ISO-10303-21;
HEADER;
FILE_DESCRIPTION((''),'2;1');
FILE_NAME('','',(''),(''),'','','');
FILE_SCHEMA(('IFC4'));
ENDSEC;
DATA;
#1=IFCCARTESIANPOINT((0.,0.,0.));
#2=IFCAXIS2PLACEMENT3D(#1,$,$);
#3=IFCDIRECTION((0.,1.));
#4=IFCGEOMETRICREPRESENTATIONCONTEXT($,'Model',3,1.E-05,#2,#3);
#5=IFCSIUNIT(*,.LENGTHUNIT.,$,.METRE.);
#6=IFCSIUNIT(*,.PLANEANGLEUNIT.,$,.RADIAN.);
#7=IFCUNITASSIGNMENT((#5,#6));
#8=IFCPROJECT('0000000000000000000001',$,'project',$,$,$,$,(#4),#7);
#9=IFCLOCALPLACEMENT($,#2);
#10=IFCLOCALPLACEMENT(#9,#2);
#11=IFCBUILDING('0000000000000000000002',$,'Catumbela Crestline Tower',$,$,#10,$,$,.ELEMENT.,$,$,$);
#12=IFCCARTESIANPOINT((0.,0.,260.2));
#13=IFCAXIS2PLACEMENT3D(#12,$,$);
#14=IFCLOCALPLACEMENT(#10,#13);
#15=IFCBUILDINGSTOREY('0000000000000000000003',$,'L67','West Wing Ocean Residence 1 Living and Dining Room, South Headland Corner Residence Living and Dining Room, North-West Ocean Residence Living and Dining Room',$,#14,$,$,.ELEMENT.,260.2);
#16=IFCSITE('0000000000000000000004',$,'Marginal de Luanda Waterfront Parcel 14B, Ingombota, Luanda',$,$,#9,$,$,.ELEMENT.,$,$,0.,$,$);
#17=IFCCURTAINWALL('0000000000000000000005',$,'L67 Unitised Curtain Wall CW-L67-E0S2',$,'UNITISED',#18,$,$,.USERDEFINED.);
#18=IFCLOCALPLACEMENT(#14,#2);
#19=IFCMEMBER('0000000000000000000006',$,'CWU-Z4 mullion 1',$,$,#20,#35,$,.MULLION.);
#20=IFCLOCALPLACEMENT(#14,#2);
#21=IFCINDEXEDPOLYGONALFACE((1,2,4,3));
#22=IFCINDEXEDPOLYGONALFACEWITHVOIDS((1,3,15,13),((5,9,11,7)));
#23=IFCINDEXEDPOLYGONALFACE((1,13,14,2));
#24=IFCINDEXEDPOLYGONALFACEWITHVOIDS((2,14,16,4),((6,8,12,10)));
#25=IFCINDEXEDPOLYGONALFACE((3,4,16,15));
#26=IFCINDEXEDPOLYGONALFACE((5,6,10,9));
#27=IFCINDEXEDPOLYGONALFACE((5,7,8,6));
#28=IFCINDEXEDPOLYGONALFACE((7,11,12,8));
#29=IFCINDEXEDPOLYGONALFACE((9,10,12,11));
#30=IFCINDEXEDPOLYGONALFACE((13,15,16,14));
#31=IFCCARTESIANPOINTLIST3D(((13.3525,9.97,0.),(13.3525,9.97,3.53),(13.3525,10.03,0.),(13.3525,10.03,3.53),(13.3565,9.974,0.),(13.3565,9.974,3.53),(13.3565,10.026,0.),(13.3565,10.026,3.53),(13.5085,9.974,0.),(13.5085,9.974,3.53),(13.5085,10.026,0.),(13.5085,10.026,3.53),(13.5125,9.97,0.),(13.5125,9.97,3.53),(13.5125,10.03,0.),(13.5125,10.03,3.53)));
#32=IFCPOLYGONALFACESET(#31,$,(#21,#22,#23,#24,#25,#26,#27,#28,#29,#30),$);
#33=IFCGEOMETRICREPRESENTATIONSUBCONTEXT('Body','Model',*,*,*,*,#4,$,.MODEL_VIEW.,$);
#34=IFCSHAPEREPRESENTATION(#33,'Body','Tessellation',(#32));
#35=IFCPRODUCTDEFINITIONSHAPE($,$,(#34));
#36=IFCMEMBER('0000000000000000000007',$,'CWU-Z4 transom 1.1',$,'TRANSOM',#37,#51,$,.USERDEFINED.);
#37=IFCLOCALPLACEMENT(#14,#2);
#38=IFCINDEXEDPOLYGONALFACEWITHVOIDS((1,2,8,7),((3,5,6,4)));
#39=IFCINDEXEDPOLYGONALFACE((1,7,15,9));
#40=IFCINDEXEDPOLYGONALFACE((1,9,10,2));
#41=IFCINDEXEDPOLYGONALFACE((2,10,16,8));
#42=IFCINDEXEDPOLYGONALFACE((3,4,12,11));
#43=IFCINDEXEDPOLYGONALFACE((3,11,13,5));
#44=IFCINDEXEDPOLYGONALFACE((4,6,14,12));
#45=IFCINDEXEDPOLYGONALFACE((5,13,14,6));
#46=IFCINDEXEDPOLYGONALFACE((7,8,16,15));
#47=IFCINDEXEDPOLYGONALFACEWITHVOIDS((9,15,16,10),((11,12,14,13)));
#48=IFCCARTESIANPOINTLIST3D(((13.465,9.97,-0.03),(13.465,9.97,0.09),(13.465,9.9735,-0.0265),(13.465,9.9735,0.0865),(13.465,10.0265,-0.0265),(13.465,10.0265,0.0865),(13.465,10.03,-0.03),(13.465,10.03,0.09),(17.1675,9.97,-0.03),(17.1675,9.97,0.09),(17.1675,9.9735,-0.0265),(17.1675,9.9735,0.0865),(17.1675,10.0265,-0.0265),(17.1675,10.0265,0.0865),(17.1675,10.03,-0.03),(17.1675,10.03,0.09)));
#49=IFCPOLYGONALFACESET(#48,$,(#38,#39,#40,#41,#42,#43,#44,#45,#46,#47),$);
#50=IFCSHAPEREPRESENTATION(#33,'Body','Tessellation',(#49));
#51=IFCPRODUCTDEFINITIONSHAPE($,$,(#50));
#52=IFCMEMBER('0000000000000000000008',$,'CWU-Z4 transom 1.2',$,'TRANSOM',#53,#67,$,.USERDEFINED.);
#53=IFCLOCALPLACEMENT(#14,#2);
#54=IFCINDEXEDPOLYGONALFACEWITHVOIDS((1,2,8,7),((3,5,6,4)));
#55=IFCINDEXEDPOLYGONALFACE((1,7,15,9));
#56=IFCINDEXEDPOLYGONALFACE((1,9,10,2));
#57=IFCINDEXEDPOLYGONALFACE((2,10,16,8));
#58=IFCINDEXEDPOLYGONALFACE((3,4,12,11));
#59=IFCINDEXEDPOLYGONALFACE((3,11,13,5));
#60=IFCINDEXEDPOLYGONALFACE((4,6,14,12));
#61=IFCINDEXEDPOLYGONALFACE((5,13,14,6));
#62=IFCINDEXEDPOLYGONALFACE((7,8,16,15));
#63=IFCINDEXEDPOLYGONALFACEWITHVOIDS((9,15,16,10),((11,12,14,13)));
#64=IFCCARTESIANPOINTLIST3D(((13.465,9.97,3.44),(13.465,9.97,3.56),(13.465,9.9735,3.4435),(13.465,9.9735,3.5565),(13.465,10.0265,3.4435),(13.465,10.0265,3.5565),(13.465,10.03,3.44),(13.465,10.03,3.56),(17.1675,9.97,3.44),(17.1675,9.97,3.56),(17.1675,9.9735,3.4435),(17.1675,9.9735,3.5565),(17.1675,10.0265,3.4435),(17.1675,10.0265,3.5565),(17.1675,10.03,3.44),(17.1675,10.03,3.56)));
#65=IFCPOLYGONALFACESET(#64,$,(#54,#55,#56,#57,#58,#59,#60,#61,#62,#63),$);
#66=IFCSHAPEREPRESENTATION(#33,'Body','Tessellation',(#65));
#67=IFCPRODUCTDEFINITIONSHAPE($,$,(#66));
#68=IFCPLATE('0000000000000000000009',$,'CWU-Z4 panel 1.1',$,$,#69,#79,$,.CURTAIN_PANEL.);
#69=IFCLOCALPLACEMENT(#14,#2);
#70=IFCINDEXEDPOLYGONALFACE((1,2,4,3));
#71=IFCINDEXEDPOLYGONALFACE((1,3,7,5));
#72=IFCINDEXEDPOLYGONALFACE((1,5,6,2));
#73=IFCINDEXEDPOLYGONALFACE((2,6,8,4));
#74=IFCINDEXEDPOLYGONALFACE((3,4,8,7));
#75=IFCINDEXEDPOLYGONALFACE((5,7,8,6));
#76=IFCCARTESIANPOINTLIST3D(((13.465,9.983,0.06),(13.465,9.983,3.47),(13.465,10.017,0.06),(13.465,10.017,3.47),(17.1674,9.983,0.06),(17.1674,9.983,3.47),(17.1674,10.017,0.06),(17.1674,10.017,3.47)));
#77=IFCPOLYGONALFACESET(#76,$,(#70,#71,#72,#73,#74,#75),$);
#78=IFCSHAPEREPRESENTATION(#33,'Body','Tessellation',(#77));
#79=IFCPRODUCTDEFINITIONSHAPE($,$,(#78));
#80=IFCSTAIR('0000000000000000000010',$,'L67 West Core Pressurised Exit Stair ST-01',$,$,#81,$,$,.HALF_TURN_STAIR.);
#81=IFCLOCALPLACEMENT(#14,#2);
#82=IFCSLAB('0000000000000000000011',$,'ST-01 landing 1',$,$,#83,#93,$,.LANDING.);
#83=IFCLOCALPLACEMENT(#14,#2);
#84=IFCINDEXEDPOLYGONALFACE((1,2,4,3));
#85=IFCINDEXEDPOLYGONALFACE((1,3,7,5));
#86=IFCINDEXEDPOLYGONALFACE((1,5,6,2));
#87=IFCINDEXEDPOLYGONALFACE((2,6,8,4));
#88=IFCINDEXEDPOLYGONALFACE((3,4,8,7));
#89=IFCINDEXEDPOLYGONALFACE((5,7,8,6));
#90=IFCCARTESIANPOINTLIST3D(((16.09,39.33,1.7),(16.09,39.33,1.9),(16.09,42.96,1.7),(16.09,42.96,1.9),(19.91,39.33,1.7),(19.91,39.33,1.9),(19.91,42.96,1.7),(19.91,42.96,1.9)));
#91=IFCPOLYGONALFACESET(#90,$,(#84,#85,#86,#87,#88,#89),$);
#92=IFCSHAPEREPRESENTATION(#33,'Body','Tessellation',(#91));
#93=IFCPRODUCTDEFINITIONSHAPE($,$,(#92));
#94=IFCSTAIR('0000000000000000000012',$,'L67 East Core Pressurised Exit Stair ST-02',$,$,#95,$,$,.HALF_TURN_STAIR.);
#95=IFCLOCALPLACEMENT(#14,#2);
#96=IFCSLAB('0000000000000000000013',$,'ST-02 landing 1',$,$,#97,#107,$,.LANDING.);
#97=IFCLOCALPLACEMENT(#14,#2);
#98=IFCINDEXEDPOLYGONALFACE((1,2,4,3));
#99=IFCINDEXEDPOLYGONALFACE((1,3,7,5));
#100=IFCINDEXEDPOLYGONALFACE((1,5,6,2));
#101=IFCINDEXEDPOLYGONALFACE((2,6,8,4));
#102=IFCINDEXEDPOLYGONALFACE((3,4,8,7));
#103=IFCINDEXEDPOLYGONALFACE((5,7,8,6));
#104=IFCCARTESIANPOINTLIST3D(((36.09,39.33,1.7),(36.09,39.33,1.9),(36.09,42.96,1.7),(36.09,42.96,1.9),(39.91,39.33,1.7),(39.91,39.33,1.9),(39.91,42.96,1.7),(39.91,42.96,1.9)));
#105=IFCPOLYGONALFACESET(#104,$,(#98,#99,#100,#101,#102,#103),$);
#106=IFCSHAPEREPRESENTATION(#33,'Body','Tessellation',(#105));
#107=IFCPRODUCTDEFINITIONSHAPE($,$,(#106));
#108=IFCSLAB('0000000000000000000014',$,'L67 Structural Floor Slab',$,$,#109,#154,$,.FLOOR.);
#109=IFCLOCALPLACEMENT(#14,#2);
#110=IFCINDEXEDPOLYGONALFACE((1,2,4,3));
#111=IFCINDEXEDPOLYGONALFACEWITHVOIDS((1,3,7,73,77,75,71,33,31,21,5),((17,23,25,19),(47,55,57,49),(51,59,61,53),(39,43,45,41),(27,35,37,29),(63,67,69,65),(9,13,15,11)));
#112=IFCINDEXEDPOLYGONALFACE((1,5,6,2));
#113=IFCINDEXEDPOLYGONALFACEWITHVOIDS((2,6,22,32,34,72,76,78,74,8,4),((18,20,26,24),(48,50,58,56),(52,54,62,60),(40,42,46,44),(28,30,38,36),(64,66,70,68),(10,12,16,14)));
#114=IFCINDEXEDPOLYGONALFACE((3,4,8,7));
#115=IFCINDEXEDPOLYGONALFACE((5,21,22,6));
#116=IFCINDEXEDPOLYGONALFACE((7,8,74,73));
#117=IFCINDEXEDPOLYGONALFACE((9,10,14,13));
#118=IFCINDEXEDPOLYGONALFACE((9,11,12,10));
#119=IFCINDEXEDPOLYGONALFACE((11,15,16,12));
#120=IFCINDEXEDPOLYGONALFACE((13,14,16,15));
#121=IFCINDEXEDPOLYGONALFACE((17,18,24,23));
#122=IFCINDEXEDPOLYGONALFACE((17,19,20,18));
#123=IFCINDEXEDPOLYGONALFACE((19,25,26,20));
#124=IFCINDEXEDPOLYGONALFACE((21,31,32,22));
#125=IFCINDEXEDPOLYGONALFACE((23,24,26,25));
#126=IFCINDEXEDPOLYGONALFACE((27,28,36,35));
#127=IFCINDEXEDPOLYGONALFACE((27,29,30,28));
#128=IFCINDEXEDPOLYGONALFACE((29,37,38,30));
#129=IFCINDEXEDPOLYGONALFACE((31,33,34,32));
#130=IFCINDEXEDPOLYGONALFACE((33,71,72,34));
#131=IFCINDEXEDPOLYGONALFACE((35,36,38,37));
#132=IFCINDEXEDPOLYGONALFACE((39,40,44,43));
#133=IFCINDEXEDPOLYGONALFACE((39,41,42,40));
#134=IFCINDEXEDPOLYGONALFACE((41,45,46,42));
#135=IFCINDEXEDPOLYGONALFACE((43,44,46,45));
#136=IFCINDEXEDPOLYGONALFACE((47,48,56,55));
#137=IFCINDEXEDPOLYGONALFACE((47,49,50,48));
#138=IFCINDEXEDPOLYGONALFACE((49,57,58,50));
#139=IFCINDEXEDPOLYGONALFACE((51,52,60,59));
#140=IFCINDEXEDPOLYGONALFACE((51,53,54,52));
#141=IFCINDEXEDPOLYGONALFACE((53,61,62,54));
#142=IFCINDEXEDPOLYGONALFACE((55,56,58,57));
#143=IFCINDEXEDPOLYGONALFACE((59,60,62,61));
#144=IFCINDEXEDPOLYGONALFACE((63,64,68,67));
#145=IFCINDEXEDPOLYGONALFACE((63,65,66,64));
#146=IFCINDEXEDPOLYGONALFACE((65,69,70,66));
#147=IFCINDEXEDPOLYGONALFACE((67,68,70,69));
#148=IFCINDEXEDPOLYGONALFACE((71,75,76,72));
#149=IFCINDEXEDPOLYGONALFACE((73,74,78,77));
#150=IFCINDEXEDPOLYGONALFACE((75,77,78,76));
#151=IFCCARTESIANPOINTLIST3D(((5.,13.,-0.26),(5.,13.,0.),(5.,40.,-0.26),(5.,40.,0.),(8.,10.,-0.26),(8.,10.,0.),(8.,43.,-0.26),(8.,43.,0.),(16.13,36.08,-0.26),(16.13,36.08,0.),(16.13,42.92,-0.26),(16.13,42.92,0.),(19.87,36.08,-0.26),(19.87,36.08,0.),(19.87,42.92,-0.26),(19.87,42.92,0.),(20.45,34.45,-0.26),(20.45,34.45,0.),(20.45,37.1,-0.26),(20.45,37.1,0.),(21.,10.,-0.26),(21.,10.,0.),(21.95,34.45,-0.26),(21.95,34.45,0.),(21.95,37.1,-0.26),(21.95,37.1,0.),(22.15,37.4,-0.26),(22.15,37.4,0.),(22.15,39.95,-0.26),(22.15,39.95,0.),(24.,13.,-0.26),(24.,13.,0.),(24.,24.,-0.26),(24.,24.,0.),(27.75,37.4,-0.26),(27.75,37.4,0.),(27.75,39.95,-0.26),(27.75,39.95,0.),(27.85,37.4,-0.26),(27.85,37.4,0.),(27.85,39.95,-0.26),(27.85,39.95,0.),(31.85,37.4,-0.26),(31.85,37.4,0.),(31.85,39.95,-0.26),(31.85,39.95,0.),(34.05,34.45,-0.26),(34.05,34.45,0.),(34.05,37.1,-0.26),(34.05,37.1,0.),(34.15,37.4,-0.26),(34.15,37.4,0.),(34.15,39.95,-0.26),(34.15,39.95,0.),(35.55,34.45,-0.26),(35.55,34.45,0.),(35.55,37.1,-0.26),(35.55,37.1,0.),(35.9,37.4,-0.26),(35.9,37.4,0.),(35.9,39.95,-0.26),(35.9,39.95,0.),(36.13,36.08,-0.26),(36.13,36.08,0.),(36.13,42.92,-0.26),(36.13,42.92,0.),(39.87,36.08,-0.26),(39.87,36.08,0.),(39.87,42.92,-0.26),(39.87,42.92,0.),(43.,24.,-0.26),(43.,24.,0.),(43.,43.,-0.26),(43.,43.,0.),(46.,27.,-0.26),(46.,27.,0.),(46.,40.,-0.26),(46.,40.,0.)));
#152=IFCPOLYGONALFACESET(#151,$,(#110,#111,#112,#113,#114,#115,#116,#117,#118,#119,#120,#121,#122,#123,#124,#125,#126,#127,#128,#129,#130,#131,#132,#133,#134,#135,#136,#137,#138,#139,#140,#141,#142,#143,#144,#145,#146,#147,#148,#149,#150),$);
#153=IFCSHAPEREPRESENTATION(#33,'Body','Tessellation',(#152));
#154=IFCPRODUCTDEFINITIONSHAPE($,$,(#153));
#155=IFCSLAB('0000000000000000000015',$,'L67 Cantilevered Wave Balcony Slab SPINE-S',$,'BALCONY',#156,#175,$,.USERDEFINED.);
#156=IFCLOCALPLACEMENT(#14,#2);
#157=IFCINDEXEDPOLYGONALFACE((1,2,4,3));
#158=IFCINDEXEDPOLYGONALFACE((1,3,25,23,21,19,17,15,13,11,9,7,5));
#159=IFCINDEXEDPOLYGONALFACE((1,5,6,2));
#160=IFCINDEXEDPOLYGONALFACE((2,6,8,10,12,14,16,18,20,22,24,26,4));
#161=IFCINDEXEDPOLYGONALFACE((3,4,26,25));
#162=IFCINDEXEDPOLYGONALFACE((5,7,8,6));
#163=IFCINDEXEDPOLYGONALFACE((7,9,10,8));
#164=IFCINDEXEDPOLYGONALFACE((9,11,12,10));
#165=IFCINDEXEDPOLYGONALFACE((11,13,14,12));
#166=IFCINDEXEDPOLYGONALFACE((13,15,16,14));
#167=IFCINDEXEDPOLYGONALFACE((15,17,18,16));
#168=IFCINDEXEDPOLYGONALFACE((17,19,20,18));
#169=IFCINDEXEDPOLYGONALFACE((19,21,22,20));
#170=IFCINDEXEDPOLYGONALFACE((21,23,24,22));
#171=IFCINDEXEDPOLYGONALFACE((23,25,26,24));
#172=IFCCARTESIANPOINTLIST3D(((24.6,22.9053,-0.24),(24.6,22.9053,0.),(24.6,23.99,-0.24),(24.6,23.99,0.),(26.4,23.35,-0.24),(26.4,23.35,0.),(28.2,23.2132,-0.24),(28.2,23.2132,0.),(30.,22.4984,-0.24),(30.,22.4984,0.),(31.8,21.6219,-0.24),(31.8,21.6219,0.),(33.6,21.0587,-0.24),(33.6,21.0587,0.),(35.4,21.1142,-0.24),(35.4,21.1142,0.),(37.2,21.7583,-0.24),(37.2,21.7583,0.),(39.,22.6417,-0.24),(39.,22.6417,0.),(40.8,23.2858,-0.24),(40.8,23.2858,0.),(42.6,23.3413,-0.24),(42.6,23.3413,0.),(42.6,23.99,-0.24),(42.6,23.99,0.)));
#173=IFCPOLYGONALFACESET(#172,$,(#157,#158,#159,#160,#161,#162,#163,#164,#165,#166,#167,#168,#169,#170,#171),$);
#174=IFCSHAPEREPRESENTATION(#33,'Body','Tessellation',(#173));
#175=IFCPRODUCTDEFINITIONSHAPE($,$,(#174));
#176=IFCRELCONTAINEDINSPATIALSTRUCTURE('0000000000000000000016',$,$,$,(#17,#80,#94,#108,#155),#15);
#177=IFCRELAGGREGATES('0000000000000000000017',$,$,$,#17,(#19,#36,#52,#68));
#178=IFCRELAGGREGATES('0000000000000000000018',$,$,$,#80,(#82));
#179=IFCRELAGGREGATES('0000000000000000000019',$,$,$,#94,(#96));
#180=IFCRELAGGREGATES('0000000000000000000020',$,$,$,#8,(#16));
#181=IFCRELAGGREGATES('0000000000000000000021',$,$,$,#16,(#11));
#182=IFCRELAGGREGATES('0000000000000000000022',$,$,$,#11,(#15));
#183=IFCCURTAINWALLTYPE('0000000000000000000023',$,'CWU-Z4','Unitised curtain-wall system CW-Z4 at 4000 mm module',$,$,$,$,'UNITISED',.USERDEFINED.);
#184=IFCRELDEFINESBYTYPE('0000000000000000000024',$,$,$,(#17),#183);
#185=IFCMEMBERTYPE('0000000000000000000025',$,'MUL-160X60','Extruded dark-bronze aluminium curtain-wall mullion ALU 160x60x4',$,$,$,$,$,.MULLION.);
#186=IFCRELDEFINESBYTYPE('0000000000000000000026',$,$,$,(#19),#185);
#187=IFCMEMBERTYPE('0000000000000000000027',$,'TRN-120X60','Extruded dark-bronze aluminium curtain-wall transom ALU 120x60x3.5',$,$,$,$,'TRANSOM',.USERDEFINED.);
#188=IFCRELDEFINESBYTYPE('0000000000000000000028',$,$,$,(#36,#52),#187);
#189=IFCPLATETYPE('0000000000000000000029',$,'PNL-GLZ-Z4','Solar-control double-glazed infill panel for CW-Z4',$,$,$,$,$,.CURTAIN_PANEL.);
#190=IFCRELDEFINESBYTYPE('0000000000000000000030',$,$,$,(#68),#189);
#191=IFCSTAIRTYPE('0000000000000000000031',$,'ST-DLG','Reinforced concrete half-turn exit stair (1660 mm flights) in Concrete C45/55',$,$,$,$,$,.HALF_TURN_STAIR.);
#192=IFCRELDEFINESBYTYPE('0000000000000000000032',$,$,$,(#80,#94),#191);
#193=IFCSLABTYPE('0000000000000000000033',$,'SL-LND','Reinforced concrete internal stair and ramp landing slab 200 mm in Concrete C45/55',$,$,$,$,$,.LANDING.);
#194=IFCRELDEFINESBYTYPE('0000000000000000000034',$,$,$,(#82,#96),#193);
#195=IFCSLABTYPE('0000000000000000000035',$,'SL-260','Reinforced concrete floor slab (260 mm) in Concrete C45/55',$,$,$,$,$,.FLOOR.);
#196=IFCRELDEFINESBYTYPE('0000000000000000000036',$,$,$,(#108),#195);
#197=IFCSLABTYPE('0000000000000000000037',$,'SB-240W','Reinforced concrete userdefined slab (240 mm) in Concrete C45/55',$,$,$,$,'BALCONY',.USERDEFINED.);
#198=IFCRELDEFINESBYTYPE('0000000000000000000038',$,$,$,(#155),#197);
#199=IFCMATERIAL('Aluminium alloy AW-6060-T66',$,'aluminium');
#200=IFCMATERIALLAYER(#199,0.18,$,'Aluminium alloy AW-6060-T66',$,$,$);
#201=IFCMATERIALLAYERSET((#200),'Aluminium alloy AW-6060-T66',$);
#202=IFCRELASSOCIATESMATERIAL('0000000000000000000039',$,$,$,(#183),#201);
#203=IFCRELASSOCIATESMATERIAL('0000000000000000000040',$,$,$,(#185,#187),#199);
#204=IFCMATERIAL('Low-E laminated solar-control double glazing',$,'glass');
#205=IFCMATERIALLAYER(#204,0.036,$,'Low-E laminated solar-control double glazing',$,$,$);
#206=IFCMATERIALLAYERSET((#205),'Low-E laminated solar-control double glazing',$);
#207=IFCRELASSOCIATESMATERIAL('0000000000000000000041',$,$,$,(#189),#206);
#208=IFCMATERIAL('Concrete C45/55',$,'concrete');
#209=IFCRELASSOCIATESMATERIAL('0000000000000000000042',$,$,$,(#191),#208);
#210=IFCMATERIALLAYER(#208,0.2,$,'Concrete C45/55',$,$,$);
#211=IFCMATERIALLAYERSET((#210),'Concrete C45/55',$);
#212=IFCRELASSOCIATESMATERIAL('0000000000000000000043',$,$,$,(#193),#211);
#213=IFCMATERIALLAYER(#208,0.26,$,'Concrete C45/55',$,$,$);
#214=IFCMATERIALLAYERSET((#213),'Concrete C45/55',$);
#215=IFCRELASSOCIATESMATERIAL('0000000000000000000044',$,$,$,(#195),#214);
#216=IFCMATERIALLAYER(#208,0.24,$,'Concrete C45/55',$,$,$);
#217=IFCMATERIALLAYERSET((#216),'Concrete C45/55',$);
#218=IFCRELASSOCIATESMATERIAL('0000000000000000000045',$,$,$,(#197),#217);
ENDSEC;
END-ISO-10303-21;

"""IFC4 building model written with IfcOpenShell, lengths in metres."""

from ifc_helpers import new_model, si_unit, direction, frame, origin, origin_2d, place, context, subcontext, project, spatial, polyline, rectangle, hollow_rectangle, outline, extrude, material, layer, layer_set, material_profile, profile_set, type_object, element, aggregate, save


model = new_model("IFC4")

# Units and contexts
model_context = context("Model", 3, precision=1e-05, world=origin(), true_north=direction((0.0, 1.0)))
body_context = subcontext(model_context, "Body", "Model", "MODEL_VIEW")
ifc_project = project(units=[si_unit("LENGTHUNIT", "METRE"), si_unit("PLANEANGLEUNIT", "RADIAN")], contexts=[model_context])

# Site, building, storey
site_placement = place(None, origin())
site = spatial("IfcSite", under=ifc_project, at=site_placement, Name="Marginal de Luanda Waterfront Parcel 14B, Ingombota, Luanda", CompositionType="ELEMENT", RefElevation=0.0)
building_placement = place(site_placement, origin())
building = spatial("IfcBuilding", under=site, at=building_placement, Name="Catumbela Crestline Tower", CompositionType="ELEMENT")
storey_placement = place(building_placement, frame((0.0, 0.0, 260.2)))
storey = spatial("IfcBuildingStorey", under=building, at=storey_placement, Name="L67", Description="West Wing Ocean Residence 1 Living and Dining Room, South Headland Corner Residence Living and Dining Room, North-West Ocean Residence Living and Dining Room", CompositionType="ELEMENT", Elevation=260.2)

# Curtain wall, members, plate
ifc_material_1 = material(Name="Aluminium alloy AW-6060-T66", Category="aluminium")
ifc_layer_1 = layer(ifc_material_1, 0.18, Name="Aluminium alloy AW-6060-T66")
ifc_layer_set_1 = layer_set([ifc_layer_1], Name="Aluminium alloy AW-6060-T66")
curtain_wall_type = type_object("IfcCurtainWallType", Name="CWU-Z4", Description="Unitised curtain-wall system CW-Z4 at 4000 mm module", ElementType="UNITISED", PredefinedType="USERDEFINED", material=ifc_layer_set_1)
curtain_wall_placement = place(storey_placement, origin())
curtain_wall = element("IfcCurtainWall", 1, at=curtain_wall_placement, inside=storey, type_object=curtain_wall_type, Name="L67 Unitised Curtain Wall CW-L67-E0S2", ObjectType="UNITISED", PredefinedType="USERDEFINED")
ifc_material_profile_1 = material_profile(ifc_material_1, hollow_rectangle(XDim=0.06, YDim=0.16, WallThickness=0.004, at=origin_2d()), Name="ALU 160x60x4")
ifc_profile_set_1 = profile_set([ifc_material_profile_1], Name="Aluminium alloy AW-6060-T66")
member_type_1 = type_object("IfcMemberType", Name="MUL-160X60", Description="Extruded dark-bronze aluminium curtain-wall mullion ALU 160x60x4", PredefinedType="MULLION", material=ifc_profile_set_1)
member_1_placement = place(storey_placement, frame((13.4325, 10.0, 0.0), z_axis=(0.0, 0.0, 1.0), x_axis=(0.0, 1.0, 0.0)))
member_1 = element("IfcMember", 2, at=member_1_placement, type_object=member_type_1, Name="CWU-Z4 mullion 1", PredefinedType="MULLION", context=body_context, shape_type="SweptSolid", body=[
    extrude(hollow_rectangle(XDim=0.06, YDim=0.16, WallThickness=0.004, at=origin_2d()), origin(), (0.0, 0.0, 1.0), 3.53),
])
ifc_material_profile_2 = material_profile(ifc_material_1, hollow_rectangle(XDim=0.06, YDim=0.12, WallThickness=0.0035, at=origin_2d()), Name="ALU 120x60x3.5")
ifc_profile_set_2 = profile_set([ifc_material_profile_2], Name="Aluminium alloy AW-6060-T66")
member_type_2 = type_object("IfcMemberType", Name="TRN-120X60", Description="Extruded dark-bronze aluminium curtain-wall transom ALU 120x60x3.5", ElementType="TRANSOM", PredefinedType="USERDEFINED", material=ifc_profile_set_2)
member_2_placement = place(storey_placement, frame((13.465, 10.0, 0.03), z_axis=(1.0, 0.0, 0.0), x_axis=(0.0, 1.0, 0.0)))
member_2 = element("IfcMember", 3, at=member_2_placement, type_object=member_type_2, Name="CWU-Z4 transom 1.1", ObjectType="TRANSOM", PredefinedType="USERDEFINED", context=body_context, shape_type="SweptSolid", body=[
    extrude(hollow_rectangle(XDim=0.06, YDim=0.12, WallThickness=0.0035, at=origin_2d()), origin(), (0.0, 0.0, 1.0), 3.7025),
])
member_3_placement = place(storey_placement, frame((13.465, 10.0, 3.5), z_axis=(1.0, 0.0, 0.0), x_axis=(0.0, 1.0, 0.0)))
member_3 = element("IfcMember", 4, at=member_3_placement, type_object=member_type_2, Name="CWU-Z4 transom 1.2", ObjectType="TRANSOM", PredefinedType="USERDEFINED", context=body_context, shape_type="SweptSolid", body=[
    extrude(hollow_rectangle(XDim=0.06, YDim=0.12, WallThickness=0.0035, at=origin_2d()), origin(), (0.0, 0.0, 1.0), 3.7025),
])
ifc_material_2 = material(Name="Low-E laminated solar-control double glazing", Category="glass")
ifc_layer_2 = layer(ifc_material_2, 0.036, Name="Low-E laminated solar-control double glazing")
ifc_layer_set_2 = layer_set([ifc_layer_2], Name="Low-E laminated solar-control double glazing")
plate_type = type_object("IfcPlateType", Name="PNL-GLZ-Z4", Description="Solar-control double-glazed infill panel for CW-Z4", PredefinedType="CURTAIN_PANEL", material=ifc_layer_set_2)
plate_placement = place(storey_placement, frame((15.3162, 10.0, 0.06), z_axis=(0.0, 0.0, 1.0), x_axis=(1.0, 0.0, 0.0)))
plate = element("IfcPlate", 5, at=plate_placement, type_object=plate_type, Name="CWU-Z4 panel 1.1", PredefinedType="CURTAIN_PANEL", context=body_context, shape_type="SweptSolid", body=[
    extrude(rectangle(XDim=3.7025, YDim=0.034, at=origin_2d()), origin(), (0.0, 0.0, 1.0), 3.41),
])
aggregate(curtain_wall, [member_1, member_2, member_3, plate])

# Stairs, slabs
ifc_material_3 = material(Name="Concrete C45/55", Category="concrete")
stair_type = type_object("IfcStairType", Name="ST-DLG", Description="Reinforced concrete half-turn exit stair (1660 mm flights) in Concrete C45/55", PredefinedType="HALF_TURN_STAIR", material=ifc_material_3)
stair_1_placement = place(storey_placement, origin())
stair_1 = element("IfcStair", 6, at=stair_1_placement, inside=storey, type_object=stair_type, Name="L67 West Core Pressurised Exit Stair ST-01", PredefinedType="HALF_TURN_STAIR")
ifc_layer_3 = layer(ifc_material_3, 0.2, Name="Concrete C45/55")
ifc_layer_set_3 = layer_set([ifc_layer_3], Name="Concrete C45/55")
slab_type_1 = type_object("IfcSlabType", Name="SL-LND", Description="Reinforced concrete internal stair and ramp landing slab 200 mm in Concrete C45/55", PredefinedType="LANDING", material=ifc_layer_set_3)
slab_1_placement = place(storey_placement, frame((0.0, 0.0, 1.7)))
slab_1 = element("IfcSlab", 7, at=slab_1_placement, type_object=slab_type_1, Name="ST-01 landing 1", PredefinedType="LANDING", context=body_context, shape_type="SweptSolid", body=[
    extrude(outline(polyline([(19.91, 39.33), (19.91, 42.96), (16.09, 42.96), (16.09, 39.33), (19.91, 39.33)])), origin(), (0.0, 0.0, 1.0), 0.2),
])
aggregate(stair_1, [slab_1])
stair_2_placement = place(storey_placement, origin())
stair_2 = element("IfcStair", 8, at=stair_2_placement, inside=storey, type_object=stair_type, Name="L67 East Core Pressurised Exit Stair ST-02", PredefinedType="HALF_TURN_STAIR")
slab_2_placement = place(storey_placement, frame((0.0, 0.0, 1.7)))
slab_2 = element("IfcSlab", 9, at=slab_2_placement, type_object=slab_type_1, Name="ST-02 landing 1", PredefinedType="LANDING", context=body_context, shape_type="SweptSolid", body=[
    extrude(outline(polyline([(39.91, 39.33), (39.91, 42.96), (36.09, 42.96), (36.09, 39.33), (39.91, 39.33)])), origin(), (0.0, 0.0, 1.0), 0.2),
])
aggregate(stair_2, [slab_2])

# Slabs
ifc_layer_4 = layer(ifc_material_3, 0.26, Name="Concrete C45/55")
ifc_layer_set_4 = layer_set([ifc_layer_4], Name="Concrete C45/55")
slab_type_2 = type_object("IfcSlabType", Name="SL-260", Description="Reinforced concrete floor slab (260 mm) in Concrete C45/55", PredefinedType="FLOOR", material=ifc_layer_set_4)
slab_3_placement = place(storey_placement, frame((0.0, 0.0, -0.26)))
element("IfcSlab", 10, at=slab_3_placement, inside=storey, type_object=slab_type_2, Name="L67 Structural Floor Slab", PredefinedType="FLOOR", context=body_context, shape_type="SweptSolid", body=[
    extrude(outline(polyline([(8.0, 10.0), (21.0, 10.0), (24.0, 13.0), (24.0, 24.0), (43.0, 24.0), (46.0, 27.0), (46.0, 40.0), (43.0, 43.0), (8.0, 43.0), (5.0, 40.0), (5.0, 13.0), (8.0, 10.0)]), holes=[polyline([(16.13, 36.08), (19.87, 36.08), (19.87, 42.92), (16.13, 42.92), (16.13, 36.08)]), polyline([(36.13, 36.08), (39.87, 36.08), (39.87, 42.92), (36.13, 42.92), (36.13, 36.08)]), polyline([(22.15, 37.4), (27.75, 37.4), (27.75, 39.95), (22.15, 39.95), (22.15, 37.4)]), polyline([(27.85, 37.4), (31.85, 37.4), (31.85, 39.95), (27.85, 39.95), (27.85, 37.4)]), polyline([(20.45, 34.45), (21.95, 34.45), (21.95, 37.1), (20.45, 37.1), (20.45, 34.45)]), polyline([(34.05, 34.45), (35.55, 34.45), (35.55, 37.1), (34.05, 37.1), (34.05, 34.45)]), polyline([(34.15, 37.4), (35.9, 37.4), (35.9, 39.95), (34.15, 39.95), (34.15, 37.4)])]), origin(), (0.0, 0.0, 1.0), 0.26),
])
ifc_layer_5 = layer(ifc_material_3, 0.24, Name="Concrete C45/55")
ifc_layer_set_5 = layer_set([ifc_layer_5], Name="Concrete C45/55")
slab_type_3 = type_object("IfcSlabType", Name="SB-240W", Description="Reinforced concrete userdefined slab (240 mm) in Concrete C45/55", ElementType="BALCONY", PredefinedType="USERDEFINED", material=ifc_layer_set_5)
slab_4_placement = place(storey_placement, frame((0.0, 0.0, -0.24)))
element("IfcSlab", 11, at=slab_4_placement, inside=storey, type_object=slab_type_3, Name="L67 Cantilevered Wave Balcony Slab SPINE-S", ObjectType="BALCONY", PredefinedType="USERDEFINED", context=body_context, shape_type="SweptSolid", body=[
    extrude(outline(polyline([(24.6, 22.9053), (26.4, 23.35), (28.2, 23.2132), (30.0, 22.4984), (31.8, 21.6219), (33.6, 21.0587), (35.4, 21.1142), (37.2, 21.7583), (39.0, 22.6417), (40.8, 23.2858), (42.6, 23.3413), (42.6, 23.99), (24.6, 23.99), (24.6, 22.9053)])), origin(), (0.0, 0.0, 1.0), 0.24),
])

save(model, "model.ifc")
